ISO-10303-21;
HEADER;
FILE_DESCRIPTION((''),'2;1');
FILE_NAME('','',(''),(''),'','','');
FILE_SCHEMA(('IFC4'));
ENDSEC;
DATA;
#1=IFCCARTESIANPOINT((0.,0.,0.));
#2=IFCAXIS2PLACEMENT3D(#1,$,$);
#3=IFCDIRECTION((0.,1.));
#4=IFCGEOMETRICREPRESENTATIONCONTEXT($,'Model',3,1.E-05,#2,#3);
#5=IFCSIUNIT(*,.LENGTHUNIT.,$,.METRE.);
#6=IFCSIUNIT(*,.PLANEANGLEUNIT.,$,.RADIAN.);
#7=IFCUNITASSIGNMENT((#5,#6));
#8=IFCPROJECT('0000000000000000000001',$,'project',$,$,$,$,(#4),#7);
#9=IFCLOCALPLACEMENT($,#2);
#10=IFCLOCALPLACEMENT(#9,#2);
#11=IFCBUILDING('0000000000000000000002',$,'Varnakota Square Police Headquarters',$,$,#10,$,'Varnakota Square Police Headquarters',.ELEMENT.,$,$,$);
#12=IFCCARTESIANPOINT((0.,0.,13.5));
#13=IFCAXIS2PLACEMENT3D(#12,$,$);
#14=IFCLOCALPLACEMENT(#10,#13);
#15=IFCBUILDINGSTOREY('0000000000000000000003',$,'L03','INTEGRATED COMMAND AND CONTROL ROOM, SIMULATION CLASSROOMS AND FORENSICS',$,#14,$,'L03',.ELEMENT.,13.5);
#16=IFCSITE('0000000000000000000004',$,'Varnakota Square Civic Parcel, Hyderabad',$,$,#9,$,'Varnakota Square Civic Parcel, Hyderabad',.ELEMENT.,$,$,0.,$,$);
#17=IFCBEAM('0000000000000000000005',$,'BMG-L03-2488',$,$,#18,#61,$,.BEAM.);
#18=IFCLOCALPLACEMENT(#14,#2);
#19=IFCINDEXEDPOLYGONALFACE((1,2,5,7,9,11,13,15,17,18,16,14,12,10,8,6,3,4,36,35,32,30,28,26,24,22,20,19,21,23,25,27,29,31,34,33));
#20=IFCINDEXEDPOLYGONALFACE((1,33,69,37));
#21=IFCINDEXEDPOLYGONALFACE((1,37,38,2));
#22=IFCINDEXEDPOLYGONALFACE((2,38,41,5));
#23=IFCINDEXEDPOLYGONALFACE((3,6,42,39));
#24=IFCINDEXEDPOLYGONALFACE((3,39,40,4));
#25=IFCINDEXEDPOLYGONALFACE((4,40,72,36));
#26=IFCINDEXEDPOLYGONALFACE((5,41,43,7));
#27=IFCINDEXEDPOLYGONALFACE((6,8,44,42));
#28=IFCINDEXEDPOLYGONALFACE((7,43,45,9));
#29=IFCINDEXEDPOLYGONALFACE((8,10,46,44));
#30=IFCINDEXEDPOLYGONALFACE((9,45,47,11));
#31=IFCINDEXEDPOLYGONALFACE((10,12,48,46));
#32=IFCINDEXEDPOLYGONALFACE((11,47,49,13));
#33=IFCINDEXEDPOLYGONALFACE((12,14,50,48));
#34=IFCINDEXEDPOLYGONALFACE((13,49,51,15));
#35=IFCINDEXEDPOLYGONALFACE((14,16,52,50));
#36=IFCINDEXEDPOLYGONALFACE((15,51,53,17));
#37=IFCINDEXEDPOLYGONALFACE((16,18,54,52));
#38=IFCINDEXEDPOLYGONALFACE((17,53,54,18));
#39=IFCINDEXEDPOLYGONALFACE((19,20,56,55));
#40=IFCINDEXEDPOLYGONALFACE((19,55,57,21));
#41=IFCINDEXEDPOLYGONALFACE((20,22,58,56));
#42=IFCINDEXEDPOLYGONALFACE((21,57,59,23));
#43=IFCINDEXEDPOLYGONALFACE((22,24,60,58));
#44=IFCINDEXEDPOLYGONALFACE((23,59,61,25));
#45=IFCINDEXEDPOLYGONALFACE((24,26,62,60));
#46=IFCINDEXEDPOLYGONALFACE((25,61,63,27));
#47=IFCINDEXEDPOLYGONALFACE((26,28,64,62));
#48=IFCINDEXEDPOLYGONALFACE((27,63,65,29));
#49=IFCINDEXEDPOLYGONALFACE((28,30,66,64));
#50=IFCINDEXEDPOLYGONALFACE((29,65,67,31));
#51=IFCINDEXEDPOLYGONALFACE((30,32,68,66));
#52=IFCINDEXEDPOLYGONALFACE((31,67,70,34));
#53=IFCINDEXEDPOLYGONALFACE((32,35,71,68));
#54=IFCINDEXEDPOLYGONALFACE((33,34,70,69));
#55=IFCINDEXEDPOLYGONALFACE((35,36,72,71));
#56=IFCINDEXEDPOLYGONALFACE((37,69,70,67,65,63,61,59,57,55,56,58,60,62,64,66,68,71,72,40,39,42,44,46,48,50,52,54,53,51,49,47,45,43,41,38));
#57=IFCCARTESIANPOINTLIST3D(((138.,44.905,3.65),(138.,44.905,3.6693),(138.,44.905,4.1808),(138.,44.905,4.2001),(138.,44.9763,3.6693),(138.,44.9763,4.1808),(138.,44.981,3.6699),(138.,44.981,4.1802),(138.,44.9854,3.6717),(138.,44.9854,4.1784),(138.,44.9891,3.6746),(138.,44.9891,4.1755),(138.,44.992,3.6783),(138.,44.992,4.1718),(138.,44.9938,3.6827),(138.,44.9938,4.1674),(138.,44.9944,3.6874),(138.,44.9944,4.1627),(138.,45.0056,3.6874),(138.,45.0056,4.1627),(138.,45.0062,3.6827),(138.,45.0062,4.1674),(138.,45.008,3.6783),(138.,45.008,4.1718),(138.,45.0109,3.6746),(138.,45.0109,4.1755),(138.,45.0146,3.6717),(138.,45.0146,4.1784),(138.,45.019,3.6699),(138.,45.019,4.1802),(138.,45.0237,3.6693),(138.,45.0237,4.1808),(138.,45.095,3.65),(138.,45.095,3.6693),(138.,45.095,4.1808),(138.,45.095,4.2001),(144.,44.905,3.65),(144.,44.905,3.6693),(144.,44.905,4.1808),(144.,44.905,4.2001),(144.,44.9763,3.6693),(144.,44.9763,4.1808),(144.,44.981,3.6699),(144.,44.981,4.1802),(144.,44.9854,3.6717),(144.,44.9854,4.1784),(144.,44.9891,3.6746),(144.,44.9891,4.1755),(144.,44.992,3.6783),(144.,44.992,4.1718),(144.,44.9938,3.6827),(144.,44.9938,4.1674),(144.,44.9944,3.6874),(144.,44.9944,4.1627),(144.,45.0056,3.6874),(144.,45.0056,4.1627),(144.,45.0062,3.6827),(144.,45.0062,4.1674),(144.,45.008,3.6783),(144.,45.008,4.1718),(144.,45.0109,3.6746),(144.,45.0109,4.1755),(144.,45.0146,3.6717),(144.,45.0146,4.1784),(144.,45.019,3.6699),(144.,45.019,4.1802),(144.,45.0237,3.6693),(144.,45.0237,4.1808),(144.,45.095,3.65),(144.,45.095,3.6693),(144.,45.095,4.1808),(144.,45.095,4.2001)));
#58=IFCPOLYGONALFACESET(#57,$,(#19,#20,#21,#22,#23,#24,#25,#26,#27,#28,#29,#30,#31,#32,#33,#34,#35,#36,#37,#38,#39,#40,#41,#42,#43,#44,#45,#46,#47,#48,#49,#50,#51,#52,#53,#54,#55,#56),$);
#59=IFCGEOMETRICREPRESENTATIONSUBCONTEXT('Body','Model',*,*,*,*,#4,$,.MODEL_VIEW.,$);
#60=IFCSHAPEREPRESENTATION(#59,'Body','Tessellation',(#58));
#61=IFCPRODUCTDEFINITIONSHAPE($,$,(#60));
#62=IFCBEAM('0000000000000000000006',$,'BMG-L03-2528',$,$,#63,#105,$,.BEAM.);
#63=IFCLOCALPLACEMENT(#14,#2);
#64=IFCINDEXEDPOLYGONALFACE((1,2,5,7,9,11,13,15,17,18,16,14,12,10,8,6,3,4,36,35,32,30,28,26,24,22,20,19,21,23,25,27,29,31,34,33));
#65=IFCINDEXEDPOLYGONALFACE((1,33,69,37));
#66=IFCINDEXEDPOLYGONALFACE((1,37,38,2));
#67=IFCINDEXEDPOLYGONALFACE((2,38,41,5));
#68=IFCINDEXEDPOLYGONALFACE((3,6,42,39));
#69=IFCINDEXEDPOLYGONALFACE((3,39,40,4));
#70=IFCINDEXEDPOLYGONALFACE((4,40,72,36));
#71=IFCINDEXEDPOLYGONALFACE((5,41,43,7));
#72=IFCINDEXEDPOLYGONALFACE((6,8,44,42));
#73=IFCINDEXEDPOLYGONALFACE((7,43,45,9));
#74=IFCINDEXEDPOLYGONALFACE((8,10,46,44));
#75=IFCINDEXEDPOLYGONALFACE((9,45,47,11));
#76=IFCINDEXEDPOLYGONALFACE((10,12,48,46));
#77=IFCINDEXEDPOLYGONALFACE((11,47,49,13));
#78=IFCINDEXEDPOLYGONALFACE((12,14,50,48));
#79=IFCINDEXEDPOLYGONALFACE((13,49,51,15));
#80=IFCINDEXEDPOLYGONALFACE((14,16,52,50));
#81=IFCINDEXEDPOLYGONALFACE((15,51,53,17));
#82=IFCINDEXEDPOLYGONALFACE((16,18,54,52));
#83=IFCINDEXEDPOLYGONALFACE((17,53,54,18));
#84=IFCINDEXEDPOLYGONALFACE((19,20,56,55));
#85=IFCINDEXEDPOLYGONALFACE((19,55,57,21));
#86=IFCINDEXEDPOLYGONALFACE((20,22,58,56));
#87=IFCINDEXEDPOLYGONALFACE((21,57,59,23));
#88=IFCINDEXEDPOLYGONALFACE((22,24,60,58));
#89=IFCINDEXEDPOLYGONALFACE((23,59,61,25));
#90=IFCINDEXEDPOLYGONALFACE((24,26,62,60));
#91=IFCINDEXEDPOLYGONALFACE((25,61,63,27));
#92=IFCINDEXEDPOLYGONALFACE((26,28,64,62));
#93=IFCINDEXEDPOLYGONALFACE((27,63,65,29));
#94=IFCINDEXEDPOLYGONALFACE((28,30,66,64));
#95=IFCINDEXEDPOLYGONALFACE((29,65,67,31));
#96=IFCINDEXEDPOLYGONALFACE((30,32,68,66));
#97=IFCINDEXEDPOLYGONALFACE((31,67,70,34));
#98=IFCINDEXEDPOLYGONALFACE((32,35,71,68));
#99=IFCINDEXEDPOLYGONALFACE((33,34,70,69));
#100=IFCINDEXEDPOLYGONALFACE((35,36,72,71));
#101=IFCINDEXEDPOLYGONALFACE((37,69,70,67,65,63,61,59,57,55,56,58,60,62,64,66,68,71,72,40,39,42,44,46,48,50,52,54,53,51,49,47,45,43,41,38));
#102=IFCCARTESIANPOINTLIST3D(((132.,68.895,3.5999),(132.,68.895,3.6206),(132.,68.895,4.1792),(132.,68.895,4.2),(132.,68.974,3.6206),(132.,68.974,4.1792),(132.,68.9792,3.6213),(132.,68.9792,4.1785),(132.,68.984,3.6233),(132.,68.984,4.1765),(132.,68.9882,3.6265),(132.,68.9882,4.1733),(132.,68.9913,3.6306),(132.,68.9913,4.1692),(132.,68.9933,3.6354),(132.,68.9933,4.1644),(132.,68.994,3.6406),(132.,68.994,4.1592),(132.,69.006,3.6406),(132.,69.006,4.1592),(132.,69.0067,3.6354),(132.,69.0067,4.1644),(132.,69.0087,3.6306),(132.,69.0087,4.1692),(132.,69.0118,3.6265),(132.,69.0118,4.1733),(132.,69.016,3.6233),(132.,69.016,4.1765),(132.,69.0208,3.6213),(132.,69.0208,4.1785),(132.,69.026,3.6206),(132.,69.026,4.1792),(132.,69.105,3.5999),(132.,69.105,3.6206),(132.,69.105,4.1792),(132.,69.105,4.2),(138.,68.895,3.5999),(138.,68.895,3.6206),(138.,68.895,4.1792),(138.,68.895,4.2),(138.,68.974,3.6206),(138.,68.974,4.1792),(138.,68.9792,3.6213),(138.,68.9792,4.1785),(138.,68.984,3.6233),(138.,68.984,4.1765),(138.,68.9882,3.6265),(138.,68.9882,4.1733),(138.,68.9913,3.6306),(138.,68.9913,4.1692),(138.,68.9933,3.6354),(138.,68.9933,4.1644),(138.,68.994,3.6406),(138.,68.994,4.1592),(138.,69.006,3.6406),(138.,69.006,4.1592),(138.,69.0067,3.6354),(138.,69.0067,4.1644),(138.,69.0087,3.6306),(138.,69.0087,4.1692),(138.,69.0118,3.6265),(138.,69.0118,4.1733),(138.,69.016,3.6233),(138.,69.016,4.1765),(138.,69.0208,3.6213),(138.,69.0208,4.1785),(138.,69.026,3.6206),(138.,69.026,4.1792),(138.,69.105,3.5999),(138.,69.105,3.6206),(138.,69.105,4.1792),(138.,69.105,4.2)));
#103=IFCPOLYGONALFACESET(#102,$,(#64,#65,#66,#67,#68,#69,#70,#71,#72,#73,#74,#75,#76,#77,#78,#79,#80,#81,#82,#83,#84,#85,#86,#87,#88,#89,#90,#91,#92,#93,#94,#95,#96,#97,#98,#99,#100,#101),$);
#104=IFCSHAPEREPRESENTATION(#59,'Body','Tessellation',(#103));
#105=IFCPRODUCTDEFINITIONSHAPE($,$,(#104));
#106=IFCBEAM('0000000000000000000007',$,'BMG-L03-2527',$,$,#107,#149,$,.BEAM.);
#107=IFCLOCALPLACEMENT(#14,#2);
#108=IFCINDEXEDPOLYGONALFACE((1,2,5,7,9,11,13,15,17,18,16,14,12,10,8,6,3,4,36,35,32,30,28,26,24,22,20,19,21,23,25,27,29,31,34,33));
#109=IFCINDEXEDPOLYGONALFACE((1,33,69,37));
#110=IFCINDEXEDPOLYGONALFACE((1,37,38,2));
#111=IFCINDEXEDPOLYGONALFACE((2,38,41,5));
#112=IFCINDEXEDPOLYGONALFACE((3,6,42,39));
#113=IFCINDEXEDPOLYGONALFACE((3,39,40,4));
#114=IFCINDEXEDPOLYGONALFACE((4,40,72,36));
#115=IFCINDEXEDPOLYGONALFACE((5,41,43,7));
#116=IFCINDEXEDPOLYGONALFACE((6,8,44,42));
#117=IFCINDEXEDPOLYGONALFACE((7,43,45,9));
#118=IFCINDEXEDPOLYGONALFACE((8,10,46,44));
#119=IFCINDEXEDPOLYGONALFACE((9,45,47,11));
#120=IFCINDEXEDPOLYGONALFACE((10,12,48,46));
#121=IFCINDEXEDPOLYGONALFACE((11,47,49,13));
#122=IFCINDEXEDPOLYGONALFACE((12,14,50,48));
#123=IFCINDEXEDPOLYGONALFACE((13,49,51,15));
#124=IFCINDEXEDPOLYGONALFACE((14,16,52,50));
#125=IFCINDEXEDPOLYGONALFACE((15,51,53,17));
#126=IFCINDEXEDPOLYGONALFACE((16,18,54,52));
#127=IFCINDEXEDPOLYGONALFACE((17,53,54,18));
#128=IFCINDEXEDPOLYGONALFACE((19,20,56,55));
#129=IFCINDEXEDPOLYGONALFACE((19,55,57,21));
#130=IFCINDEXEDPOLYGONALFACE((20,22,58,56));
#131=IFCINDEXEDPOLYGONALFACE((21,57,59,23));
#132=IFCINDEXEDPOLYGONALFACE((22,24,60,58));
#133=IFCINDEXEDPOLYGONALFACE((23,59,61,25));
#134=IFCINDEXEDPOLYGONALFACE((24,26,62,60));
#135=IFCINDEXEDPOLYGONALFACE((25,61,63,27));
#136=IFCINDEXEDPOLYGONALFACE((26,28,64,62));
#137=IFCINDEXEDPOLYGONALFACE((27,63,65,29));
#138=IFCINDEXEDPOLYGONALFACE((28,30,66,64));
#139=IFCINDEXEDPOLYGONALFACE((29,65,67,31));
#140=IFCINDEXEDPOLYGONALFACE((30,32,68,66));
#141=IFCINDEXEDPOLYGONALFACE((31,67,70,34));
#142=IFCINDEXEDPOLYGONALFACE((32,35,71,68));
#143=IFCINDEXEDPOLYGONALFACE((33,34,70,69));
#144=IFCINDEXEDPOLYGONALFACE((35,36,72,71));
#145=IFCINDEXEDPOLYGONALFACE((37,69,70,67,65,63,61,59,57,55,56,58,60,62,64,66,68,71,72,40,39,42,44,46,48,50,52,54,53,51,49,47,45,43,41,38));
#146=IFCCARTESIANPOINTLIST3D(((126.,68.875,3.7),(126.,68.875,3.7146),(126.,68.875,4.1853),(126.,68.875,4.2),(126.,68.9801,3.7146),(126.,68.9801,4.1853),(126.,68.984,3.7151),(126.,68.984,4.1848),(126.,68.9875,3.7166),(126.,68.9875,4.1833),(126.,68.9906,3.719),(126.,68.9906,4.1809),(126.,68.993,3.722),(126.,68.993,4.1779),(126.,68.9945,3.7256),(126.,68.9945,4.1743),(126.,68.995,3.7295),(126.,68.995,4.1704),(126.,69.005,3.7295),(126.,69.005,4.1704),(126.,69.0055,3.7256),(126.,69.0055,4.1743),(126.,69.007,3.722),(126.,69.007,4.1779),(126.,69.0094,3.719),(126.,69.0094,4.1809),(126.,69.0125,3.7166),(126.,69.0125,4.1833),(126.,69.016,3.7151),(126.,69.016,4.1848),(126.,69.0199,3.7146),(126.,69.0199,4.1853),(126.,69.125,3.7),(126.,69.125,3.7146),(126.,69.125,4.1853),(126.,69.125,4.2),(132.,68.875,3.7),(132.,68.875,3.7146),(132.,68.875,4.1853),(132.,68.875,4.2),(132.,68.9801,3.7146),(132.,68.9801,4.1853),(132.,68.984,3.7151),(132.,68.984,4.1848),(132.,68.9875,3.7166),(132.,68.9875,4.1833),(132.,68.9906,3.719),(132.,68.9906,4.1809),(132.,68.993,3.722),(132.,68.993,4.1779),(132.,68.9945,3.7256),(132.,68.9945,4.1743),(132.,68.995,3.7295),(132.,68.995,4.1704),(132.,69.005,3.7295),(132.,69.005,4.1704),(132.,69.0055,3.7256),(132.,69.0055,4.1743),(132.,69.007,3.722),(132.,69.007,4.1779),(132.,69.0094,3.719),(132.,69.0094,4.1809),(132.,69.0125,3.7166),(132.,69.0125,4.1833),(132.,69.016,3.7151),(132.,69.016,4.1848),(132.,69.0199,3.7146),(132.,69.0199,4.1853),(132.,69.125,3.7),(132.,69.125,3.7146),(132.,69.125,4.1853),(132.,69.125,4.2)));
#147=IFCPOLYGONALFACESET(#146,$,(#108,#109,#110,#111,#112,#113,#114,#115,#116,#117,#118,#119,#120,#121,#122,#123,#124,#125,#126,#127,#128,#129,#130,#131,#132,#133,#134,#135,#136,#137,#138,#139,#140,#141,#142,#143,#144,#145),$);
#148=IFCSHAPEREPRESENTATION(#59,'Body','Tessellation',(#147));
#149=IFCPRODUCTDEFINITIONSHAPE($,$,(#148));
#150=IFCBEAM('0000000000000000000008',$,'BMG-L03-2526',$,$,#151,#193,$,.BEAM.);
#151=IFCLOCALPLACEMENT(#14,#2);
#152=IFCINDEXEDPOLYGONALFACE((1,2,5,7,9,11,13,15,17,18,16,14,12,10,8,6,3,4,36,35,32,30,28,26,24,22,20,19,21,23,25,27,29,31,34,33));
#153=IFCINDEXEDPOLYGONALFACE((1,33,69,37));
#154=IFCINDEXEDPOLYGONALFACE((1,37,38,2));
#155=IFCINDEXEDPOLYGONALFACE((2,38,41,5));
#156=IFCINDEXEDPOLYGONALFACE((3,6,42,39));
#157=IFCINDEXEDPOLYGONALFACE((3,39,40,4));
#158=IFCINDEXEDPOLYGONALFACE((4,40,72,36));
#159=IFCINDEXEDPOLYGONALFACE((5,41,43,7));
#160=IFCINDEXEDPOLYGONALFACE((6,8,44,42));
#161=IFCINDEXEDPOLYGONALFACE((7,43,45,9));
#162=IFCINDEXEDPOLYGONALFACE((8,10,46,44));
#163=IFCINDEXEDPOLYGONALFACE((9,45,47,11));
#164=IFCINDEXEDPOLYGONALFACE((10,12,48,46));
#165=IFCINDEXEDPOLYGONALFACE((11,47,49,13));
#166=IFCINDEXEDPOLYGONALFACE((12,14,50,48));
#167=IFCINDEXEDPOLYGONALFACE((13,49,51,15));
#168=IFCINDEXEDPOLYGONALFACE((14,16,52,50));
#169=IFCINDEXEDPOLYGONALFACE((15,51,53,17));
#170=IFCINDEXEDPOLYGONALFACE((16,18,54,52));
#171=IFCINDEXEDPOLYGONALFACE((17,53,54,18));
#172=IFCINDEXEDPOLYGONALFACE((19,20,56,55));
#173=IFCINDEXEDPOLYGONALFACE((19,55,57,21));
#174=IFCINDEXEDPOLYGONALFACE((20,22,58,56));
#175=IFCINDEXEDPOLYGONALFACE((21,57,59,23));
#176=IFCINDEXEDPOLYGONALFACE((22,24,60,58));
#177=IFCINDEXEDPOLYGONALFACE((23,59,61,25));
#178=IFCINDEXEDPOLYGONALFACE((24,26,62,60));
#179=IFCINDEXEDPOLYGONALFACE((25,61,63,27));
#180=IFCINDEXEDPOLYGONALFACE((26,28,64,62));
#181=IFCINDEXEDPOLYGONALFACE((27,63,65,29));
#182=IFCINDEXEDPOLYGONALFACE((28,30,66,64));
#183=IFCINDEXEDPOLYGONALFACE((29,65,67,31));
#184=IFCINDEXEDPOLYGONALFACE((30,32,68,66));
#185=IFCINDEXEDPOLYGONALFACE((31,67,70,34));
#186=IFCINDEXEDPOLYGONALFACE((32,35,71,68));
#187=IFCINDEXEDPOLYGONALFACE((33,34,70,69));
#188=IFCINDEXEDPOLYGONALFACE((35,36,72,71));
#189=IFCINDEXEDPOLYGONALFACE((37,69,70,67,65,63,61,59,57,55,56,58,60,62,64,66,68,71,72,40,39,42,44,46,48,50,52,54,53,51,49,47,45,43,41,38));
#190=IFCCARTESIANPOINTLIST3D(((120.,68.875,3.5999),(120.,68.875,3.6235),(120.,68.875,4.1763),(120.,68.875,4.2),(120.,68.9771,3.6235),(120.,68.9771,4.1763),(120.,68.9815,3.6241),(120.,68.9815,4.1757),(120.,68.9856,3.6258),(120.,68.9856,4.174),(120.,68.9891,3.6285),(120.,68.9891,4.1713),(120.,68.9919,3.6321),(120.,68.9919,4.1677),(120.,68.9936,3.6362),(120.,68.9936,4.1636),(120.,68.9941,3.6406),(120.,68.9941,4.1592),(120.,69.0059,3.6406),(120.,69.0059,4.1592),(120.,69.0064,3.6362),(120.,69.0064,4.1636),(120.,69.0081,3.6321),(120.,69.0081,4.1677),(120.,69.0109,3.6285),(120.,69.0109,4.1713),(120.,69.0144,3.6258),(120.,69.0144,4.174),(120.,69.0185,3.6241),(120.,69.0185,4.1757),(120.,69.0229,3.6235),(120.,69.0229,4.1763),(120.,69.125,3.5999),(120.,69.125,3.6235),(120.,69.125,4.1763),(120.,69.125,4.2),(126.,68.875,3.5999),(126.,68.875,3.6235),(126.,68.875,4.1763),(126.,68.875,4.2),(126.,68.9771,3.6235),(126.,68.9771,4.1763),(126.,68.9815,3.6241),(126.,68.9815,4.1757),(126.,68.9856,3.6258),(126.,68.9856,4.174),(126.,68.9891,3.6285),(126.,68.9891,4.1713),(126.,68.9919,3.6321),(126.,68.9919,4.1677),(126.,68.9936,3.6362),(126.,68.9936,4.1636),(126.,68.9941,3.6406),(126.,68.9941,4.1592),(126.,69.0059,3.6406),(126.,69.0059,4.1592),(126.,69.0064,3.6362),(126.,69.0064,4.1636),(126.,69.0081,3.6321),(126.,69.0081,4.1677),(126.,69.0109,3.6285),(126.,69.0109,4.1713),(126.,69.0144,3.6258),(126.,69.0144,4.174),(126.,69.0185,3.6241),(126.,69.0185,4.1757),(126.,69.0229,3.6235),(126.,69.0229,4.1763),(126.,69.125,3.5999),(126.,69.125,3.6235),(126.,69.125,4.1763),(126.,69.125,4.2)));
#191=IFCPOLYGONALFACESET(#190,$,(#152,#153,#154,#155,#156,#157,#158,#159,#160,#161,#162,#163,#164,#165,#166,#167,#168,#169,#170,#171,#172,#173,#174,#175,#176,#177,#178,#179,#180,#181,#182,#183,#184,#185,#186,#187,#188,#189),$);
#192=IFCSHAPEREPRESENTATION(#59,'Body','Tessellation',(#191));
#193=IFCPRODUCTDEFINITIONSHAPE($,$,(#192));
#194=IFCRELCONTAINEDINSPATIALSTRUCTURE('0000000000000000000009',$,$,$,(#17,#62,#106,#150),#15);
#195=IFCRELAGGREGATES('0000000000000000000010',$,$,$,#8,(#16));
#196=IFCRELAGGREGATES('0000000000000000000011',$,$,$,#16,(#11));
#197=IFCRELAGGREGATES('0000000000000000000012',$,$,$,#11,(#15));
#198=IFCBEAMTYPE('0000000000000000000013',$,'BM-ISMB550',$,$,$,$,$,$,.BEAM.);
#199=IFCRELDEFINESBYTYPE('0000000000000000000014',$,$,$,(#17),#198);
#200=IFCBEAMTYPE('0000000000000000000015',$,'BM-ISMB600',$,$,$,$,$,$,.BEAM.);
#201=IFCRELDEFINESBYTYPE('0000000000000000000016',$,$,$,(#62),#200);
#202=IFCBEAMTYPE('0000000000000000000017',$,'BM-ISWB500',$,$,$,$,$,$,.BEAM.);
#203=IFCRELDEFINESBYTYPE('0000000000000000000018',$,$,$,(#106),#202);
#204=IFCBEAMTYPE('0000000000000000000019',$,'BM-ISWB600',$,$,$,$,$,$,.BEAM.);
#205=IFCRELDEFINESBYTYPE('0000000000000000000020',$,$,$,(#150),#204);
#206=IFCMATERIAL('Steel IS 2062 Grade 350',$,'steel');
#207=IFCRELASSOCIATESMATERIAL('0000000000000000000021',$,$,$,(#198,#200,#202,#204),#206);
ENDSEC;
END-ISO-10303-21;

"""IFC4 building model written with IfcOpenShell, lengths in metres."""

from ifc_helpers import new_model, si_unit, direction, frame, origin, origin_2d, place, context, subcontext, project, spatial, i_section, extrude, material, material_profile, profile_set, type_object, element, save


model = new_model("IFC4")

# Units and contexts
model_context = context("Model", 3, precision=1e-05, world=origin(), true_north=direction((0.0, 1.0)))
body_context = subcontext(model_context, "Body", "Model", "MODEL_VIEW")
ifc_project = project(units=[si_unit("LENGTHUNIT", "METRE"), si_unit("PLANEANGLEUNIT", "RADIAN")], contexts=[model_context])

# Site, building, storey
site_placement = place(None, origin())
site = spatial("IfcSite", under=ifc_project, at=site_placement, Name="Varnakota Square Civic Parcel, Hyderabad", LongName="Varnakota Square Civic Parcel, Hyderabad", CompositionType="ELEMENT", RefElevation=0.0)
building_placement = place(site_placement, origin())
building = spatial("IfcBuilding", under=site, at=building_placement, Name="Varnakota Square Police Headquarters", LongName="Varnakota Square Police Headquarters", CompositionType="ELEMENT")
storey_placement = place(building_placement, frame((0.0, 0.0, 13.5)))
storey = spatial("IfcBuildingStorey", under=building, at=storey_placement, Name="L03", Description="INTEGRATED COMMAND AND CONTROL ROOM, SIMULATION CLASSROOMS AND FORENSICS", LongName="L03", CompositionType="ELEMENT", Elevation=13.5)

# Shared definitions
ifc_material_1 = material(Name="Steel IS 2062 Grade 350", Category="steel")

# Beams
ifc_material_profile_1 = material_profile(ifc_material_1, i_section(OverallWidth=0.1899, OverallDepth=0.55, WebThickness=0.0112, FlangeThickness=0.0193, FilletRadius=0.0181, at=origin_2d()), Name="ISMB 550")
ifc_profile_set_1 = profile_set([ifc_material_profile_1], Name="Steel IS 2062 Grade 350")
beam_type_1 = type_object("IfcBeamType", Name="BM-ISMB550", PredefinedType="BEAM", material=ifc_profile_set_1)
beam_1_placement = place(storey_placement, frame((138.0, 45.0, 3.925), z_axis=(1.0, 0.0, 0.0), x_axis=(0.0, 1.0, 0.0)))
element("IfcBeam", 1, at=beam_1_placement, inside=storey, type_object=beam_type_1, Name="BMG-L03-2488", PredefinedType="BEAM", context=body_context, shape_type="SweptSolid", body=[
    extrude(i_section(OverallWidth=0.1899, OverallDepth=0.55, WebThickness=0.0112, FlangeThickness=0.0193, FilletRadius=0.0181, at=origin_2d()), origin(), (0.0, 0.0, 1.0), 6.0),
])
ifc_material_profile_2 = material_profile(ifc_material_1, i_section(OverallWidth=0.21, OverallDepth=0.6001, WebThickness=0.012, FlangeThickness=0.0208, FilletRadius=0.02, at=origin_2d()), Name="ISMB 600")
ifc_profile_set_2 = profile_set([ifc_material_profile_2], Name="Steel IS 2062 Grade 350")
beam_type_2 = type_object("IfcBeamType", Name="BM-ISMB600", PredefinedType="BEAM", material=ifc_profile_set_2)
beam_2_placement = place(storey_placement, frame((132.0, 69.0, 3.8999), z_axis=(1.0, 0.0, 0.0), x_axis=(0.0, 1.0, 0.0)))
element("IfcBeam", 2, at=beam_2_placement, inside=storey, type_object=beam_type_2, Name="BMG-L03-2528", PredefinedType="BEAM", context=body_context, shape_type="SweptSolid", body=[
    extrude(i_section(OverallWidth=0.21, OverallDepth=0.6001, WebThickness=0.012, FlangeThickness=0.0208, FilletRadius=0.02, at=origin_2d()), origin(), (0.0, 0.0, 1.0), 6.0),
])
ifc_material_profile_3 = material_profile(ifc_material_1, i_section(OverallWidth=0.25, OverallDepth=0.5, WebThickness=0.01, FlangeThickness=0.0146, FilletRadius=0.0149, at=origin_2d()), Name="ISWB 500")
ifc_profile_set_3 = profile_set([ifc_material_profile_3], Name="Steel IS 2062 Grade 350")
beam_type_3 = type_object("IfcBeamType", Name="BM-ISWB500", PredefinedType="BEAM", material=ifc_profile_set_3)
beam_3_placement = place(storey_placement, frame((126.0, 69.0, 3.95), z_axis=(1.0, 0.0, 0.0), x_axis=(0.0, 1.0, 0.0)))
element("IfcBeam", 3, at=beam_3_placement, inside=storey, type_object=beam_type_3, Name="BMG-L03-2527", PredefinedType="BEAM", context=body_context, shape_type="SweptSolid", body=[
    extrude(i_section(OverallWidth=0.25, OverallDepth=0.5, WebThickness=0.01, FlangeThickness=0.0146, FilletRadius=0.0149, at=origin_2d()), origin(), (0.0, 0.0, 1.0), 6.0),
])
ifc_material_profile_4 = material_profile(ifc_material_1, i_section(OverallWidth=0.25, OverallDepth=0.6001, WebThickness=0.0117, FlangeThickness=0.0237, FilletRadius=0.0171, at=origin_2d()), Name="ISWB 600")
ifc_profile_set_4 = profile_set([ifc_material_profile_4], Name="Steel IS 2062 Grade 350")
beam_type_4 = type_object("IfcBeamType", Name="BM-ISWB600", PredefinedType="BEAM", material=ifc_profile_set_4)
beam_4_placement = place(storey_placement, frame((120.0, 69.0, 3.8999), z_axis=(1.0, 0.0, 0.0), x_axis=(0.0, 1.0, 0.0)))
element("IfcBeam", 4, at=beam_4_placement, inside=storey, type_object=beam_type_4, Name="BMG-L03-2526", PredefinedType="BEAM", context=body_context, shape_type="SweptSolid", body=[
    extrude(i_section(OverallWidth=0.25, OverallDepth=0.6001, WebThickness=0.0117, FlangeThickness=0.0237, FilletRadius=0.0171, at=origin_2d()), origin(), (0.0, 0.0, 1.0), 6.0),
])

save(model, "model.ifc")
